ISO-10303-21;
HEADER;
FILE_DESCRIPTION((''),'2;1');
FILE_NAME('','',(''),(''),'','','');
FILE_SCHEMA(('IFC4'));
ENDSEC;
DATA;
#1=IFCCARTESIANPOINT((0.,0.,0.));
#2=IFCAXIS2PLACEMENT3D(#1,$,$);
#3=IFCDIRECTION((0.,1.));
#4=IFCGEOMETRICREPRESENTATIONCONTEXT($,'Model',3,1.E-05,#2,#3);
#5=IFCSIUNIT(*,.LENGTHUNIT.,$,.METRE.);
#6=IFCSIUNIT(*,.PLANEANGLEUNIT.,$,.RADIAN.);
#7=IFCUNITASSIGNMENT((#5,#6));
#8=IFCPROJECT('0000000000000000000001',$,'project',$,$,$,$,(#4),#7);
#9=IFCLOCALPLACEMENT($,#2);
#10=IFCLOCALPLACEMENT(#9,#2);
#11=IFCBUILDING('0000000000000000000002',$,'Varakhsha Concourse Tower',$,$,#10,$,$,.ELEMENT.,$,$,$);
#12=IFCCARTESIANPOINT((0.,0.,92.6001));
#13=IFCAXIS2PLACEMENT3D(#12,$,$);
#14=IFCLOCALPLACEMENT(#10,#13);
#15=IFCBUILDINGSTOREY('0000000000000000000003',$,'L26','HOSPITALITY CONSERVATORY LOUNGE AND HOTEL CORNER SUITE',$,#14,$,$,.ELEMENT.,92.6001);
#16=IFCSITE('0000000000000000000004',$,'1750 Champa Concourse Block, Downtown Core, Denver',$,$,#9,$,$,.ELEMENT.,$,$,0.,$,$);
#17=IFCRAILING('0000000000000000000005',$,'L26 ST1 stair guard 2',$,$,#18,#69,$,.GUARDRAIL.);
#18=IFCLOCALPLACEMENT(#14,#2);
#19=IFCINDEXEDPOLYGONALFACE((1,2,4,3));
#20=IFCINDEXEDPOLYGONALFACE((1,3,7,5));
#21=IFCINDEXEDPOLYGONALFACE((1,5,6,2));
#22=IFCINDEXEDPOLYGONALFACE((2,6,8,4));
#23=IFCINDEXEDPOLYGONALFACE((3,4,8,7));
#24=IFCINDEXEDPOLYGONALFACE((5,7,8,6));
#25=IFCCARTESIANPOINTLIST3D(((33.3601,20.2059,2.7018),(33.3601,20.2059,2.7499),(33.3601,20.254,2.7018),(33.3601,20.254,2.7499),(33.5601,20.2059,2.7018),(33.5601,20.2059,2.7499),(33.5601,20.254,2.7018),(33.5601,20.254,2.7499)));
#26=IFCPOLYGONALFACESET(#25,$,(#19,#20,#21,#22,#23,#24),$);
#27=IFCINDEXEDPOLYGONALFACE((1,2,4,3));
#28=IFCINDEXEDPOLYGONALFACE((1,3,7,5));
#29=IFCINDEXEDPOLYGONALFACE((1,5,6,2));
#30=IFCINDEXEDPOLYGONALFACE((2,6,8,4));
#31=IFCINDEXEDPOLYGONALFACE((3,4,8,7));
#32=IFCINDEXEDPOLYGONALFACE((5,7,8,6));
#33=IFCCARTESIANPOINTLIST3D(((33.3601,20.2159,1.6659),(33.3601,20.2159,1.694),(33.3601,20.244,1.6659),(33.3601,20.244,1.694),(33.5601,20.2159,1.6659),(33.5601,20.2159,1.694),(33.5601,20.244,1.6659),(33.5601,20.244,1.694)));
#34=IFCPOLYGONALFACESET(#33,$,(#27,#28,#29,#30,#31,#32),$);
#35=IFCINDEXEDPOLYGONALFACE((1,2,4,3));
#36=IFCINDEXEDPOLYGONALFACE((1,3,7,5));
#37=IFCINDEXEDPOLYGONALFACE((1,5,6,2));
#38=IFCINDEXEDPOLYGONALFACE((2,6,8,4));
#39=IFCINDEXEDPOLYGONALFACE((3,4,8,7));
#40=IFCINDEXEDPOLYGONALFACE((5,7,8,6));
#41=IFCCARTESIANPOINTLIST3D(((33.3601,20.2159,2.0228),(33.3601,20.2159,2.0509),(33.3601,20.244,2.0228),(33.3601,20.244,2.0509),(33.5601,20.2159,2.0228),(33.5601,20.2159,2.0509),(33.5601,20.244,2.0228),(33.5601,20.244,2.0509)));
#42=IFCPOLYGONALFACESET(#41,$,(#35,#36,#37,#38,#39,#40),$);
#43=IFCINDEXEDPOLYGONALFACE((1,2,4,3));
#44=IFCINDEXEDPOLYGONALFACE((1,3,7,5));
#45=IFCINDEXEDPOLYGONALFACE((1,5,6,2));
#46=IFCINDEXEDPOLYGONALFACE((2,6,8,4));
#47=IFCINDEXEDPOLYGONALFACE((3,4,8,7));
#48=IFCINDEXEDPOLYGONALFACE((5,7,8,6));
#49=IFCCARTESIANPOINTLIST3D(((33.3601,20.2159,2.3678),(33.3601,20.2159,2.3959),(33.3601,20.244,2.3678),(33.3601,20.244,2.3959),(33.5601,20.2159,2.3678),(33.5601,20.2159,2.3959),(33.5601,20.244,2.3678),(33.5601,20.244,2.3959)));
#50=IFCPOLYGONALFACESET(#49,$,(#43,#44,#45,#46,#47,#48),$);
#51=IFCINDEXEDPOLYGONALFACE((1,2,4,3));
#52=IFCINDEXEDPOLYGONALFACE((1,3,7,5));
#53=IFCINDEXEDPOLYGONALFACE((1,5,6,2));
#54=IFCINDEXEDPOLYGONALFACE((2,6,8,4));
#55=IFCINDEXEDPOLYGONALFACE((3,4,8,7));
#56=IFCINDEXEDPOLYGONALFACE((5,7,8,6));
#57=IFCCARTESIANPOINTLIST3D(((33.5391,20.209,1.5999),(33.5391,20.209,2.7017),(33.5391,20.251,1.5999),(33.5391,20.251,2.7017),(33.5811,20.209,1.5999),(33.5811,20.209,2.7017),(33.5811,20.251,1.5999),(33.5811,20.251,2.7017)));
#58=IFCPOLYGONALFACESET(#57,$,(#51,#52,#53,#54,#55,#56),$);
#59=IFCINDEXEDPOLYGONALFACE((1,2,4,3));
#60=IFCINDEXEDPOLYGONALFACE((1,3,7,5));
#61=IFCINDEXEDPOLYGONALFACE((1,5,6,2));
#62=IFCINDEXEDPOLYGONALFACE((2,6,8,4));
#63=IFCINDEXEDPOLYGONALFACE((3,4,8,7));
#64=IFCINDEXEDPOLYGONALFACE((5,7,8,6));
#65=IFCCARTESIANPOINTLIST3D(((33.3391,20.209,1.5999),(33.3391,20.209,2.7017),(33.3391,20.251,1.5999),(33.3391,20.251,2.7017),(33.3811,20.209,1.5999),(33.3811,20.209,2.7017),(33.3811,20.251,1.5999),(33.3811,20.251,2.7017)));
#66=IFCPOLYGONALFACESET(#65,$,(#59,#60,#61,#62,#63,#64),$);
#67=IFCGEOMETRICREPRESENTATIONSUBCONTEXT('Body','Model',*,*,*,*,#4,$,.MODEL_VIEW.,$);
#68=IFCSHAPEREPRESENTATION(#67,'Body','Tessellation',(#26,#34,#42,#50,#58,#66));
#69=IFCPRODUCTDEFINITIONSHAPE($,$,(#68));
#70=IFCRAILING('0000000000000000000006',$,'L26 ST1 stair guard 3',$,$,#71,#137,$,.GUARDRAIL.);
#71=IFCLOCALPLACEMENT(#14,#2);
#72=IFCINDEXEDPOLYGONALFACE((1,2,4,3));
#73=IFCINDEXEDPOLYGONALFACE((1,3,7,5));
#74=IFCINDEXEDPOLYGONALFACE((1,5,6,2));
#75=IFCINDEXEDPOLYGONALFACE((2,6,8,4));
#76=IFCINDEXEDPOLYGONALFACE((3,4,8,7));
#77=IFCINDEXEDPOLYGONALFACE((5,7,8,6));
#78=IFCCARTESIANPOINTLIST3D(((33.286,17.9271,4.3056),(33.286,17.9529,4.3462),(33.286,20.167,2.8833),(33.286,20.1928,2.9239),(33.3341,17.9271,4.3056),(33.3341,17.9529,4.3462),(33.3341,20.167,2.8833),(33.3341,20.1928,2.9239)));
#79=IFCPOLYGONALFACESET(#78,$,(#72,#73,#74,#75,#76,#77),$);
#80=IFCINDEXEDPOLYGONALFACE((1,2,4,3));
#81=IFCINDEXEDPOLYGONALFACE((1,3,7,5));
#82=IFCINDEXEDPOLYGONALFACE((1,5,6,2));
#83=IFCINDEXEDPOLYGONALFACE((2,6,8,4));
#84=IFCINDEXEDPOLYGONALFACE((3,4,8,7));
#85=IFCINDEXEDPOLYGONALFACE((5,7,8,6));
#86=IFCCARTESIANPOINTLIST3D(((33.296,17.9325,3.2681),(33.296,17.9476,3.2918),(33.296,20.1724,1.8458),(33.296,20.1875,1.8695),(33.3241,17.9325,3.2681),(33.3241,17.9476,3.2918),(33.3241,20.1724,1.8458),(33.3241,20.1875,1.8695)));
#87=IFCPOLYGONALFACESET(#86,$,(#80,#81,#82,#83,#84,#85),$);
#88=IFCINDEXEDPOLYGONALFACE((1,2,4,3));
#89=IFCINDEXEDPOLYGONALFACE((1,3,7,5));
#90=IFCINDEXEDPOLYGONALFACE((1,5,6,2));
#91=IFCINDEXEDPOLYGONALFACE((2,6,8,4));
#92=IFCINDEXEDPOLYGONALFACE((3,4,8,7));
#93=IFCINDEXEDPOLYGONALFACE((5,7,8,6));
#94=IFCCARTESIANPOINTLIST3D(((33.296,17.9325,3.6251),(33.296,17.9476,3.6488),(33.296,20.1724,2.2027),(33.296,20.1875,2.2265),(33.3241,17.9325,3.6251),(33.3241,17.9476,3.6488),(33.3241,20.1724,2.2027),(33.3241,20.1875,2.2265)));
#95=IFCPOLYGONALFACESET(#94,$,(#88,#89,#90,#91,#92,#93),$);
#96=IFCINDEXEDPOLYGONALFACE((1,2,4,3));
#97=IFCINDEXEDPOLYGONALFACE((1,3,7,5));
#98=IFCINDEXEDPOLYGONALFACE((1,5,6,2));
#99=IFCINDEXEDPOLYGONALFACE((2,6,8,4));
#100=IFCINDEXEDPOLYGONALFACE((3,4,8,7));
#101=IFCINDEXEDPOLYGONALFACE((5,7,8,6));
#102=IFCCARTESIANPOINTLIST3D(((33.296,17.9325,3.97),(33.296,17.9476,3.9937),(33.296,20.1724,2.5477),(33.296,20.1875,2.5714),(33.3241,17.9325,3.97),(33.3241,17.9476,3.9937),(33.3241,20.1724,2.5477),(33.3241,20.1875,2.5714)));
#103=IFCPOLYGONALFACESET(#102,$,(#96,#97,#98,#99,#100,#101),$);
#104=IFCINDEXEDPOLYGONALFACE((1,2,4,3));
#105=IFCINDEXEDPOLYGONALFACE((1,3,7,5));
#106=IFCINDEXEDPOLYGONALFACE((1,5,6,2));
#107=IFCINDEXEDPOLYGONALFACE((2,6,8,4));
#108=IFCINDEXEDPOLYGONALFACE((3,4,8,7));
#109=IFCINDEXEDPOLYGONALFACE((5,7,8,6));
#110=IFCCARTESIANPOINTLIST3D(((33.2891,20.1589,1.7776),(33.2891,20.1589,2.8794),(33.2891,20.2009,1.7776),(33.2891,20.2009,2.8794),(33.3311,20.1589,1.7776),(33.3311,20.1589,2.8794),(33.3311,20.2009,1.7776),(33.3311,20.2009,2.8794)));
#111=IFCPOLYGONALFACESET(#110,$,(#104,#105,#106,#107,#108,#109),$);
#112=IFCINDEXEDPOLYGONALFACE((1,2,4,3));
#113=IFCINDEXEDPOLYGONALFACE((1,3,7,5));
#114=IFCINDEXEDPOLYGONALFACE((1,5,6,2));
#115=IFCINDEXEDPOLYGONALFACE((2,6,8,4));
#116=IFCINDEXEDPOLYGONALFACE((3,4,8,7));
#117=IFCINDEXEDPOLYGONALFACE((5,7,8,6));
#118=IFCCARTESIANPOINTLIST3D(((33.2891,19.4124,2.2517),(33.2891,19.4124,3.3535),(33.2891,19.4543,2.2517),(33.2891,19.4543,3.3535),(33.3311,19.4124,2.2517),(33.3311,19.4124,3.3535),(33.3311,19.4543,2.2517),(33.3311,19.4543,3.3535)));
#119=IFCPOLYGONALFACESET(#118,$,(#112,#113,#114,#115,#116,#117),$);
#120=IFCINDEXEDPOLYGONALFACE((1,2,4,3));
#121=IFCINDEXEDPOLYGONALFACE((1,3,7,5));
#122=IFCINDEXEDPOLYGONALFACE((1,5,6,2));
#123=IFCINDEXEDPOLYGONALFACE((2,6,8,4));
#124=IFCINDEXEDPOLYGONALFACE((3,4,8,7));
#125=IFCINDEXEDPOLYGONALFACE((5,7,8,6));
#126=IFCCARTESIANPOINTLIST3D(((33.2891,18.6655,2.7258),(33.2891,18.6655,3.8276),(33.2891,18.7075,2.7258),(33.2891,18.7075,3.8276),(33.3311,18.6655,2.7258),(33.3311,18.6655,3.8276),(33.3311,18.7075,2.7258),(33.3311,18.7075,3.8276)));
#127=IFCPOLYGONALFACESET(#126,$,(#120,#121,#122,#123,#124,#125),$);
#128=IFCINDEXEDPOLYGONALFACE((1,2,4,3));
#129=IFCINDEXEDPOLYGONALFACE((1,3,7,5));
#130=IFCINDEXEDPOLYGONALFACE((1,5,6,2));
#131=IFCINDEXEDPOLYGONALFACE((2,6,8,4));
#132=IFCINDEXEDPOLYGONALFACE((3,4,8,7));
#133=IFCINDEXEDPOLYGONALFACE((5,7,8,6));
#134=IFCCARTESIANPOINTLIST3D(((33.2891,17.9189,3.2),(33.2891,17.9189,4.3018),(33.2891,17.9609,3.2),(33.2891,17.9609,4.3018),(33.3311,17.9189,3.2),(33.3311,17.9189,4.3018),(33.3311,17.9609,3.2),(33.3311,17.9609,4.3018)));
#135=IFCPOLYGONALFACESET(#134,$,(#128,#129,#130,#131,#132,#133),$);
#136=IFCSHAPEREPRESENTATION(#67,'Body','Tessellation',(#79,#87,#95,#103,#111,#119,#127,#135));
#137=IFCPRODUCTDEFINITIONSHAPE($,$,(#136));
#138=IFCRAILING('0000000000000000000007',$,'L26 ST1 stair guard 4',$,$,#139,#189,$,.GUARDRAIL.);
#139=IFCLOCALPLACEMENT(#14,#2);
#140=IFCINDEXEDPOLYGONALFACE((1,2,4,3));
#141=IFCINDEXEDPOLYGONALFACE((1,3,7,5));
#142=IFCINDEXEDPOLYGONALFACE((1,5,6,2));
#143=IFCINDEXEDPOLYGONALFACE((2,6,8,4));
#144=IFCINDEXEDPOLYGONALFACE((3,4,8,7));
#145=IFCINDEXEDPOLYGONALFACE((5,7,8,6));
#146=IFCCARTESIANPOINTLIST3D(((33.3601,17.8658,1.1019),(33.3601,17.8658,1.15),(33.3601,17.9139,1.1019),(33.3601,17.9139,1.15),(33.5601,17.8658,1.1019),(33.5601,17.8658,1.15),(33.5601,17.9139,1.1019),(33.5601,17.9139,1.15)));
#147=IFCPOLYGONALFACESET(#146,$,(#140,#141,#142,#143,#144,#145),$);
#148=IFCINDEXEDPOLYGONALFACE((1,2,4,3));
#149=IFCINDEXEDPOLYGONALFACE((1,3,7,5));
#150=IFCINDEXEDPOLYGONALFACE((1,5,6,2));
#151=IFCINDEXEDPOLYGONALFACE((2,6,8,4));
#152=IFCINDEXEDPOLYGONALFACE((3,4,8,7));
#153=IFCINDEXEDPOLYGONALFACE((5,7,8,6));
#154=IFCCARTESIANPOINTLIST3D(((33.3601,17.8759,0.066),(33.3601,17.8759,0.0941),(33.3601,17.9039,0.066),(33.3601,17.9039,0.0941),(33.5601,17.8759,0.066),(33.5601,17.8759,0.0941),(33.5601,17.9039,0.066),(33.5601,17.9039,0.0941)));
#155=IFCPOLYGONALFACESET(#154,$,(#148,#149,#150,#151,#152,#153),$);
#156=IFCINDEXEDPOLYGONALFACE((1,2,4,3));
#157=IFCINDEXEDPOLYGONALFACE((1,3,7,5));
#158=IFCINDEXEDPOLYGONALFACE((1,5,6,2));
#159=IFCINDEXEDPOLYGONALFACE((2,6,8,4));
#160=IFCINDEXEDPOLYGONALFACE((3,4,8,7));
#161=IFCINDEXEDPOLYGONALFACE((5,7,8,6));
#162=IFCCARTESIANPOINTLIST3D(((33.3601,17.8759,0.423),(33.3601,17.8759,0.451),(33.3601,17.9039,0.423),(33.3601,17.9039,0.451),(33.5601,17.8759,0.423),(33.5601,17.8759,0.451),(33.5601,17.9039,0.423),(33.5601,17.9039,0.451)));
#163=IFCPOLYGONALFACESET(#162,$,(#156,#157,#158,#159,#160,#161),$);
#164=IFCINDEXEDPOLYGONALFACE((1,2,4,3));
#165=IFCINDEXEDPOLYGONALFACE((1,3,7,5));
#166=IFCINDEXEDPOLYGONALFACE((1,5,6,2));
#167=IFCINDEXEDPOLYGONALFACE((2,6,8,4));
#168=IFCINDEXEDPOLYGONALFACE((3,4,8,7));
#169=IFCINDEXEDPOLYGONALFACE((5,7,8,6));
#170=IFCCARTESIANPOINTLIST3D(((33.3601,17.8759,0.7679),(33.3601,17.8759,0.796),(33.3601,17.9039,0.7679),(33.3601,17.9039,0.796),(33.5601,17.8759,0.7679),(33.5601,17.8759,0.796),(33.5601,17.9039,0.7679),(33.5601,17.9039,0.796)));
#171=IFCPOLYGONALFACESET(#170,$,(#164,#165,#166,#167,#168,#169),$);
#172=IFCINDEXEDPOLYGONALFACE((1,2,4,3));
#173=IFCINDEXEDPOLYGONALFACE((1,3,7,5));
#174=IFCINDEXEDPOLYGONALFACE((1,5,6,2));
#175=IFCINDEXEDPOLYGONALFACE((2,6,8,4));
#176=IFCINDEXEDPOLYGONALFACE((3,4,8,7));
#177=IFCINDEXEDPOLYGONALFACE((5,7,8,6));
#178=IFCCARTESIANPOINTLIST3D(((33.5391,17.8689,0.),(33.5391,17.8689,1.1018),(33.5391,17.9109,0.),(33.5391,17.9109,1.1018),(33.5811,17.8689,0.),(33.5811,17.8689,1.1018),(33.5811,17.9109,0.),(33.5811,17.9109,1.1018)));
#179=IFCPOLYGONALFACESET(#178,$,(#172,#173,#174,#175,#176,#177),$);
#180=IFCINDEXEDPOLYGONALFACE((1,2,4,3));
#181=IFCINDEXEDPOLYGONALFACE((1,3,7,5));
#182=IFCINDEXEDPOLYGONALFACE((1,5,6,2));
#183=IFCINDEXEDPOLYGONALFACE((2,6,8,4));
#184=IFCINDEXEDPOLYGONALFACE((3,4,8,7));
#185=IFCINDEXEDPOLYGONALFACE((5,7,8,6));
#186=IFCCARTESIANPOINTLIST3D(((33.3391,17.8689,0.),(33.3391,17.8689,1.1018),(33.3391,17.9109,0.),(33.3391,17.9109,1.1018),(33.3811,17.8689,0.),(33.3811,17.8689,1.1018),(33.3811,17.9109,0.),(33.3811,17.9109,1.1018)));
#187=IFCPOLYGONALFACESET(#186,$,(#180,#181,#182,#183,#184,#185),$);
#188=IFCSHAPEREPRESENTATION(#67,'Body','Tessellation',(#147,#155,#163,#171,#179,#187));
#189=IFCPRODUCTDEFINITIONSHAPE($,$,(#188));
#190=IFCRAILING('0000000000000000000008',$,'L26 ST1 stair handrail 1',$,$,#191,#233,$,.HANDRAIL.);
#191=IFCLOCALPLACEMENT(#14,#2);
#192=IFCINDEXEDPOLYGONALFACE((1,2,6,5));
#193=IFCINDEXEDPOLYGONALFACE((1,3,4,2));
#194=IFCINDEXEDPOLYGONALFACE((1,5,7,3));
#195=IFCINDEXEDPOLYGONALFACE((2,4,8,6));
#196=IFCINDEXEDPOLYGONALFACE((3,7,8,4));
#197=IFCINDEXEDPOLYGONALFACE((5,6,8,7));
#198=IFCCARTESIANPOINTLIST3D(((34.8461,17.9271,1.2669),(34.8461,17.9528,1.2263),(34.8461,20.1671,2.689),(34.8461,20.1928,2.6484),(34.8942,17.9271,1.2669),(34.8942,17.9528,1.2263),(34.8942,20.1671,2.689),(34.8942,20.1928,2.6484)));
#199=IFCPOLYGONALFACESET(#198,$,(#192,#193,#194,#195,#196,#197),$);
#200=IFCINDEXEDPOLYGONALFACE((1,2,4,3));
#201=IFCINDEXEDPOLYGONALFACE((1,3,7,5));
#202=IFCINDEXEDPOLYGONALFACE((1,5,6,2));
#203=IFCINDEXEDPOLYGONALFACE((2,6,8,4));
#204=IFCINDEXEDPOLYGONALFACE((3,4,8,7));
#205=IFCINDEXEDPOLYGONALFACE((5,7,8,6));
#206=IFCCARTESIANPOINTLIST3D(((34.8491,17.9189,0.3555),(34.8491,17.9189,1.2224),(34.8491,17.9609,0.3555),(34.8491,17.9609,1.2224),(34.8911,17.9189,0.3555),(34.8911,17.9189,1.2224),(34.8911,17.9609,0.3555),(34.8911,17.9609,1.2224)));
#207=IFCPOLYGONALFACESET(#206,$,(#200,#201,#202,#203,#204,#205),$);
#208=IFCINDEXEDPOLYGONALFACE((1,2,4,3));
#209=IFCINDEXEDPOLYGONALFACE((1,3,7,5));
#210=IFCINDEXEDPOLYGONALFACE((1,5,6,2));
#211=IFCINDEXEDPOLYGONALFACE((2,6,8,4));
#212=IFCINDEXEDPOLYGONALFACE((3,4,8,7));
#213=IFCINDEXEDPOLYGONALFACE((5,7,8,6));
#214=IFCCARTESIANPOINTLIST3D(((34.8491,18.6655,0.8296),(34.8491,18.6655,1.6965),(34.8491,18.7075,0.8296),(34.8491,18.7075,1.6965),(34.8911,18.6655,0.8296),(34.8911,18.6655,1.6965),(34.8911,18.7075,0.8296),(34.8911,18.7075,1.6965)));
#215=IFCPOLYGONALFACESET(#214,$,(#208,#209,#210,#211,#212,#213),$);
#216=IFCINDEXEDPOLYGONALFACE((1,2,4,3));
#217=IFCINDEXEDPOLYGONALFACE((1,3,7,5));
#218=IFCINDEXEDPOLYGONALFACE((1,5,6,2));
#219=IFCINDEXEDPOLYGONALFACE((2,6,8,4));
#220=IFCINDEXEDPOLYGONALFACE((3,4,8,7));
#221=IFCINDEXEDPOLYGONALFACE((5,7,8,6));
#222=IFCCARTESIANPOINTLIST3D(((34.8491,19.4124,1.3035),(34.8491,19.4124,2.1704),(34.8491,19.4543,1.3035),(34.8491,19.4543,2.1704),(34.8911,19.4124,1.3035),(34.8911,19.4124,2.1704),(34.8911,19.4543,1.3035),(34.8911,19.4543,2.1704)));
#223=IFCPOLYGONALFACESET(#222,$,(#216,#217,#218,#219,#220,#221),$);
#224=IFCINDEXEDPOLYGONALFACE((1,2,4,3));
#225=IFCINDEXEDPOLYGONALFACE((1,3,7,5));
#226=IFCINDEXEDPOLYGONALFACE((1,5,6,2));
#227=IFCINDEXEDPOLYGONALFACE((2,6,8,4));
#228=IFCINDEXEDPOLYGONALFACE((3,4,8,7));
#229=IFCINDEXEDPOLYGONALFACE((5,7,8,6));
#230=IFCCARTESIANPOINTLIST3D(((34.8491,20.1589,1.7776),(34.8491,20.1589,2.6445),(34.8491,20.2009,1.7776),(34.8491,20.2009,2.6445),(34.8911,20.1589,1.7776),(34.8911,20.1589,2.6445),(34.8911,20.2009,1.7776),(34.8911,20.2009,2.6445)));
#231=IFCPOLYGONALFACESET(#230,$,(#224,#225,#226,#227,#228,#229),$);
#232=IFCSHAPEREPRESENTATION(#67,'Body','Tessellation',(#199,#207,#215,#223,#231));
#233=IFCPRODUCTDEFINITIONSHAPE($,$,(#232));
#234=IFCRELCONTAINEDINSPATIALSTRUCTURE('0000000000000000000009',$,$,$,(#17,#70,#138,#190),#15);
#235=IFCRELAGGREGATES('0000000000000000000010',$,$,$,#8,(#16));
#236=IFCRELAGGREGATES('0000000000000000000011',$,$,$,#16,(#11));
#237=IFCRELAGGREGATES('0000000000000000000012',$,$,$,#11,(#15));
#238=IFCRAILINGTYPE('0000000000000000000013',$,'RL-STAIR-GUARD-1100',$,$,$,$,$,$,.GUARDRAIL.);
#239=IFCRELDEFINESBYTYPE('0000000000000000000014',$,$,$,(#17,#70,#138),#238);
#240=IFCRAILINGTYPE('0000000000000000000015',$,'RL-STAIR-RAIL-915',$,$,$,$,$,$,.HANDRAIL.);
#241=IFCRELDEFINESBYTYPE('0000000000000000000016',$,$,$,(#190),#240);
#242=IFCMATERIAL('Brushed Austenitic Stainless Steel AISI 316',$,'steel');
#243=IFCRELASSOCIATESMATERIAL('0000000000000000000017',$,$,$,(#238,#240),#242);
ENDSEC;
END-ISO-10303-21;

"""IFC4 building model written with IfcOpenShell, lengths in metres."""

from ifc_helpers import new_model, si_unit, direction, frame, origin, origin_2d, place, context, subcontext, project, spatial, rectangle, extrude, material, type_object, element, save


model = new_model("IFC4")

# Units and contexts
model_context = context("Model", 3, precision=1e-05, world=origin(), true_north=direction((0.0, 1.0)))
body_context = subcontext(model_context, "Body", "Model", "MODEL_VIEW")
ifc_project = project(units=[si_unit("LENGTHUNIT", "METRE"), si_unit("PLANEANGLEUNIT", "RADIAN")], contexts=[model_context])

# Site, building, storey
site_placement = place(None, origin())
site = spatial("IfcSite", under=ifc_project, at=site_placement, Name="1750 Champa Concourse Block, Downtown Core, Denver", CompositionType="ELEMENT", RefElevation=0.0)
building_placement = place(site_placement, origin())
building = spatial("IfcBuilding", under=site, at=building_placement, Name="Varakhsha Concourse Tower", CompositionType="ELEMENT")
storey_placement = place(building_placement, frame((0.0, 0.0, 92.6001)))
storey = spatial("IfcBuildingStorey", under=building, at=storey_placement, Name="L26", Description="HOSPITALITY CONSERVATORY LOUNGE AND HOTEL CORNER SUITE", CompositionType="ELEMENT", Elevation=92.6001)

# Railings
ifc_material_1 = material(Name="Brushed Austenitic Stainless Steel AISI 316", Category="steel")
railing_type_1 = type_object("IfcRailingType", Name="RL-STAIR-GUARD-1100", PredefinedType="GUARDRAIL", material=ifc_material_1)
railing_1_placement = place(storey_placement, frame((33.5601, 20.23, 1.5999)))
element("IfcRailing", 1, at=railing_1_placement, inside=storey, type_object=railing_type_1, Name="L26 ST1 stair guard 2", PredefinedType="GUARDRAIL", context=body_context, shape_type="SweptSolid", body=[
    extrude(rectangle(XDim=0.0481, YDim=0.0481, at=origin_2d()), frame((0.0, 0.0, 1.126), z_axis=(-1.0, 0.0, 0.0), x_axis=(0.0, -1.0, 0.0)), (0.0, 0.0, 1.0), 0.2),
    extrude(rectangle(XDim=0.0281, YDim=0.0281, at=origin_2d()), frame((0.0, 0.0, 0.0801), z_axis=(-1.0, 0.0, 0.0), x_axis=(0.0, -1.0, 0.0)), (0.0, 0.0, 1.0), 0.2),
    extrude(rectangle(XDim=0.0281, YDim=0.0281, at=origin_2d()), frame((0.0, 0.0, 0.437), z_axis=(-1.0, 0.0, 0.0), x_axis=(0.0, -1.0, 0.0)), (0.0, 0.0, 1.0), 0.2),
    extrude(rectangle(XDim=0.0281, YDim=0.0281, at=origin_2d()), frame((0.0, 0.0, 0.782), z_axis=(-1.0, 0.0, 0.0), x_axis=(0.0, -1.0, 0.0)), (0.0, 0.0, 1.0), 0.2),
    extrude(rectangle(XDim=0.042, YDim=0.042, at=origin_2d()), origin(), (0.0, 0.0, 1.0), 1.1018),
    extrude(rectangle(XDim=0.042, YDim=0.042, at=origin_2d()), frame((-0.2, 0.0, 0.0)), (0.0, 0.0, 1.0), 1.1018),
])
railing_2_placement = place(storey_placement, frame((33.3101, 20.1799, 1.7776)))
element("IfcRailing", 2, at=railing_2_placement, inside=storey, type_object=railing_type_1, Name="L26 ST1 stair guard 3", PredefinedType="GUARDRAIL", context=body_context, shape_type="SweptSolid", body=[
    extrude(rectangle(XDim=0.0481, YDim=0.0481, at=origin_2d()), frame((0.0, 0.0, 1.126), z_axis=(0.0, -0.844188, 0.536048), x_axis=(1.0, 0.0, 0.0)), (0.0, 0.0, 1.0), 2.6533),
    extrude(rectangle(XDim=0.0281, YDim=0.0281, at=origin_2d()), frame((0.0, 0.0, 0.0801), z_axis=(0.0, -0.844188, 0.536048), x_axis=(1.0, 0.0, 0.0)), (0.0, 0.0, 1.0), 2.6533),
    extrude(rectangle(XDim=0.0281, YDim=0.0281, at=origin_2d()), frame((0.0, 0.0, 0.437), z_axis=(0.0, -0.844188, 0.536048), x_axis=(1.0, 0.0, 0.0)), (0.0, 0.0, 1.0), 2.6533),
    extrude(rectangle(XDim=0.0281, YDim=0.0281, at=origin_2d()), frame((0.0, 0.0, 0.782), z_axis=(0.0, -0.844188, 0.536048), x_axis=(1.0, 0.0, 0.0)), (0.0, 0.0, 1.0), 2.6533),
    extrude(rectangle(XDim=0.042, YDim=0.042, at=origin_2d()), origin(), (0.0, 0.0, 1.0), 1.1018),
    extrude(rectangle(XDim=0.042, YDim=0.042, at=origin_2d()), frame((0.0, -0.7466, 0.4741)), (0.0, 0.0, 1.0), 1.1018),
    extrude(rectangle(XDim=0.042, YDim=0.042, at=origin_2d()), frame((0.0, -1.4934, 0.9482)), (0.0, 0.0, 1.0), 1.1018),
    extrude(rectangle(XDim=0.042, YDim=0.042, at=origin_2d()), frame((0.0, -2.24, 1.4224)), (0.0, 0.0, 1.0), 1.1018),
])
railing_3_placement = place(storey_placement, frame((33.5601, 17.8899, 0.0)))
element("IfcRailing", 3, at=railing_3_placement, inside=storey, type_object=railing_type_1, Name="L26 ST1 stair guard 4", PredefinedType="GUARDRAIL", context=body_context, shape_type="SweptSolid", body=[
    extrude(rectangle(XDim=0.0481, YDim=0.0481, at=origin_2d()), frame((0.0, 0.0, 1.126), z_axis=(-1.0, 0.0, 0.0), x_axis=(0.0, -1.0, 0.0)), (0.0, 0.0, 1.0), 0.2),
    extrude(rectangle(XDim=0.0281, YDim=0.0281, at=origin_2d()), frame((0.0, 0.0, 0.0801), z_axis=(-1.0, 0.0, 0.0), x_axis=(0.0, -1.0, 0.0)), (0.0, 0.0, 1.0), 0.2),
    extrude(rectangle(XDim=0.0281, YDim=0.0281, at=origin_2d()), frame((0.0, 0.0, 0.437), z_axis=(-1.0, 0.0, 0.0), x_axis=(0.0, -1.0, 0.0)), (0.0, 0.0, 1.0), 0.2),
    extrude(rectangle(XDim=0.0281, YDim=0.0281, at=origin_2d()), frame((0.0, 0.0, 0.782), z_axis=(-1.0, 0.0, 0.0), x_axis=(0.0, -1.0, 0.0)), (0.0, 0.0, 1.0), 0.2),
    extrude(rectangle(XDim=0.042, YDim=0.042, at=origin_2d()), origin(), (0.0, 0.0, 1.0), 1.1018),
    extrude(rectangle(XDim=0.042, YDim=0.042, at=origin_2d()), frame((-0.2, 0.0, 0.0)), (0.0, 0.0, 1.0), 1.1018),
])
railing_type_2 = type_object("IfcRailingType", Name="RL-STAIR-RAIL-915", PredefinedType="HANDRAIL", material=ifc_material_1)
railing_4_placement = place(storey_placement, frame((34.8701, 17.9399, 0.3555)))
element("IfcRailing", 4, at=railing_4_placement, inside=storey, type_object=railing_type_2, Name="L26 ST1 stair handrail 1", PredefinedType="HANDRAIL", context=body_context, shape_type="SweptSolid", body=[
    extrude(rectangle(XDim=0.0481, YDim=0.0481, at=origin_2d()), frame((0.0, 0.0, 0.8911), z_axis=(0.0, 0.844229, 0.535982), x_axis=(-1.0, 0.0, 0.0)), (0.0, 0.0, 1.0), 2.6533),
    extrude(rectangle(XDim=0.042, YDim=0.042, at=origin_2d()), origin(), (0.0, 0.0, 1.0), 0.8669),
    extrude(rectangle(XDim=0.042, YDim=0.042, at=origin_2d()), frame((0.0, 0.7466, 0.4741)), (0.0, 0.0, 1.0), 0.8669),
    extrude(rectangle(XDim=0.042, YDim=0.042, at=origin_2d()), frame((0.0, 1.4934, 0.948)), (0.0, 0.0, 1.0), 0.8669),
    extrude(rectangle(XDim=0.042, YDim=0.042, at=origin_2d()), frame((0.0, 2.24, 1.4221)), (0.0, 0.0, 1.0), 0.8669),
])

save(model, "model.ifc")
